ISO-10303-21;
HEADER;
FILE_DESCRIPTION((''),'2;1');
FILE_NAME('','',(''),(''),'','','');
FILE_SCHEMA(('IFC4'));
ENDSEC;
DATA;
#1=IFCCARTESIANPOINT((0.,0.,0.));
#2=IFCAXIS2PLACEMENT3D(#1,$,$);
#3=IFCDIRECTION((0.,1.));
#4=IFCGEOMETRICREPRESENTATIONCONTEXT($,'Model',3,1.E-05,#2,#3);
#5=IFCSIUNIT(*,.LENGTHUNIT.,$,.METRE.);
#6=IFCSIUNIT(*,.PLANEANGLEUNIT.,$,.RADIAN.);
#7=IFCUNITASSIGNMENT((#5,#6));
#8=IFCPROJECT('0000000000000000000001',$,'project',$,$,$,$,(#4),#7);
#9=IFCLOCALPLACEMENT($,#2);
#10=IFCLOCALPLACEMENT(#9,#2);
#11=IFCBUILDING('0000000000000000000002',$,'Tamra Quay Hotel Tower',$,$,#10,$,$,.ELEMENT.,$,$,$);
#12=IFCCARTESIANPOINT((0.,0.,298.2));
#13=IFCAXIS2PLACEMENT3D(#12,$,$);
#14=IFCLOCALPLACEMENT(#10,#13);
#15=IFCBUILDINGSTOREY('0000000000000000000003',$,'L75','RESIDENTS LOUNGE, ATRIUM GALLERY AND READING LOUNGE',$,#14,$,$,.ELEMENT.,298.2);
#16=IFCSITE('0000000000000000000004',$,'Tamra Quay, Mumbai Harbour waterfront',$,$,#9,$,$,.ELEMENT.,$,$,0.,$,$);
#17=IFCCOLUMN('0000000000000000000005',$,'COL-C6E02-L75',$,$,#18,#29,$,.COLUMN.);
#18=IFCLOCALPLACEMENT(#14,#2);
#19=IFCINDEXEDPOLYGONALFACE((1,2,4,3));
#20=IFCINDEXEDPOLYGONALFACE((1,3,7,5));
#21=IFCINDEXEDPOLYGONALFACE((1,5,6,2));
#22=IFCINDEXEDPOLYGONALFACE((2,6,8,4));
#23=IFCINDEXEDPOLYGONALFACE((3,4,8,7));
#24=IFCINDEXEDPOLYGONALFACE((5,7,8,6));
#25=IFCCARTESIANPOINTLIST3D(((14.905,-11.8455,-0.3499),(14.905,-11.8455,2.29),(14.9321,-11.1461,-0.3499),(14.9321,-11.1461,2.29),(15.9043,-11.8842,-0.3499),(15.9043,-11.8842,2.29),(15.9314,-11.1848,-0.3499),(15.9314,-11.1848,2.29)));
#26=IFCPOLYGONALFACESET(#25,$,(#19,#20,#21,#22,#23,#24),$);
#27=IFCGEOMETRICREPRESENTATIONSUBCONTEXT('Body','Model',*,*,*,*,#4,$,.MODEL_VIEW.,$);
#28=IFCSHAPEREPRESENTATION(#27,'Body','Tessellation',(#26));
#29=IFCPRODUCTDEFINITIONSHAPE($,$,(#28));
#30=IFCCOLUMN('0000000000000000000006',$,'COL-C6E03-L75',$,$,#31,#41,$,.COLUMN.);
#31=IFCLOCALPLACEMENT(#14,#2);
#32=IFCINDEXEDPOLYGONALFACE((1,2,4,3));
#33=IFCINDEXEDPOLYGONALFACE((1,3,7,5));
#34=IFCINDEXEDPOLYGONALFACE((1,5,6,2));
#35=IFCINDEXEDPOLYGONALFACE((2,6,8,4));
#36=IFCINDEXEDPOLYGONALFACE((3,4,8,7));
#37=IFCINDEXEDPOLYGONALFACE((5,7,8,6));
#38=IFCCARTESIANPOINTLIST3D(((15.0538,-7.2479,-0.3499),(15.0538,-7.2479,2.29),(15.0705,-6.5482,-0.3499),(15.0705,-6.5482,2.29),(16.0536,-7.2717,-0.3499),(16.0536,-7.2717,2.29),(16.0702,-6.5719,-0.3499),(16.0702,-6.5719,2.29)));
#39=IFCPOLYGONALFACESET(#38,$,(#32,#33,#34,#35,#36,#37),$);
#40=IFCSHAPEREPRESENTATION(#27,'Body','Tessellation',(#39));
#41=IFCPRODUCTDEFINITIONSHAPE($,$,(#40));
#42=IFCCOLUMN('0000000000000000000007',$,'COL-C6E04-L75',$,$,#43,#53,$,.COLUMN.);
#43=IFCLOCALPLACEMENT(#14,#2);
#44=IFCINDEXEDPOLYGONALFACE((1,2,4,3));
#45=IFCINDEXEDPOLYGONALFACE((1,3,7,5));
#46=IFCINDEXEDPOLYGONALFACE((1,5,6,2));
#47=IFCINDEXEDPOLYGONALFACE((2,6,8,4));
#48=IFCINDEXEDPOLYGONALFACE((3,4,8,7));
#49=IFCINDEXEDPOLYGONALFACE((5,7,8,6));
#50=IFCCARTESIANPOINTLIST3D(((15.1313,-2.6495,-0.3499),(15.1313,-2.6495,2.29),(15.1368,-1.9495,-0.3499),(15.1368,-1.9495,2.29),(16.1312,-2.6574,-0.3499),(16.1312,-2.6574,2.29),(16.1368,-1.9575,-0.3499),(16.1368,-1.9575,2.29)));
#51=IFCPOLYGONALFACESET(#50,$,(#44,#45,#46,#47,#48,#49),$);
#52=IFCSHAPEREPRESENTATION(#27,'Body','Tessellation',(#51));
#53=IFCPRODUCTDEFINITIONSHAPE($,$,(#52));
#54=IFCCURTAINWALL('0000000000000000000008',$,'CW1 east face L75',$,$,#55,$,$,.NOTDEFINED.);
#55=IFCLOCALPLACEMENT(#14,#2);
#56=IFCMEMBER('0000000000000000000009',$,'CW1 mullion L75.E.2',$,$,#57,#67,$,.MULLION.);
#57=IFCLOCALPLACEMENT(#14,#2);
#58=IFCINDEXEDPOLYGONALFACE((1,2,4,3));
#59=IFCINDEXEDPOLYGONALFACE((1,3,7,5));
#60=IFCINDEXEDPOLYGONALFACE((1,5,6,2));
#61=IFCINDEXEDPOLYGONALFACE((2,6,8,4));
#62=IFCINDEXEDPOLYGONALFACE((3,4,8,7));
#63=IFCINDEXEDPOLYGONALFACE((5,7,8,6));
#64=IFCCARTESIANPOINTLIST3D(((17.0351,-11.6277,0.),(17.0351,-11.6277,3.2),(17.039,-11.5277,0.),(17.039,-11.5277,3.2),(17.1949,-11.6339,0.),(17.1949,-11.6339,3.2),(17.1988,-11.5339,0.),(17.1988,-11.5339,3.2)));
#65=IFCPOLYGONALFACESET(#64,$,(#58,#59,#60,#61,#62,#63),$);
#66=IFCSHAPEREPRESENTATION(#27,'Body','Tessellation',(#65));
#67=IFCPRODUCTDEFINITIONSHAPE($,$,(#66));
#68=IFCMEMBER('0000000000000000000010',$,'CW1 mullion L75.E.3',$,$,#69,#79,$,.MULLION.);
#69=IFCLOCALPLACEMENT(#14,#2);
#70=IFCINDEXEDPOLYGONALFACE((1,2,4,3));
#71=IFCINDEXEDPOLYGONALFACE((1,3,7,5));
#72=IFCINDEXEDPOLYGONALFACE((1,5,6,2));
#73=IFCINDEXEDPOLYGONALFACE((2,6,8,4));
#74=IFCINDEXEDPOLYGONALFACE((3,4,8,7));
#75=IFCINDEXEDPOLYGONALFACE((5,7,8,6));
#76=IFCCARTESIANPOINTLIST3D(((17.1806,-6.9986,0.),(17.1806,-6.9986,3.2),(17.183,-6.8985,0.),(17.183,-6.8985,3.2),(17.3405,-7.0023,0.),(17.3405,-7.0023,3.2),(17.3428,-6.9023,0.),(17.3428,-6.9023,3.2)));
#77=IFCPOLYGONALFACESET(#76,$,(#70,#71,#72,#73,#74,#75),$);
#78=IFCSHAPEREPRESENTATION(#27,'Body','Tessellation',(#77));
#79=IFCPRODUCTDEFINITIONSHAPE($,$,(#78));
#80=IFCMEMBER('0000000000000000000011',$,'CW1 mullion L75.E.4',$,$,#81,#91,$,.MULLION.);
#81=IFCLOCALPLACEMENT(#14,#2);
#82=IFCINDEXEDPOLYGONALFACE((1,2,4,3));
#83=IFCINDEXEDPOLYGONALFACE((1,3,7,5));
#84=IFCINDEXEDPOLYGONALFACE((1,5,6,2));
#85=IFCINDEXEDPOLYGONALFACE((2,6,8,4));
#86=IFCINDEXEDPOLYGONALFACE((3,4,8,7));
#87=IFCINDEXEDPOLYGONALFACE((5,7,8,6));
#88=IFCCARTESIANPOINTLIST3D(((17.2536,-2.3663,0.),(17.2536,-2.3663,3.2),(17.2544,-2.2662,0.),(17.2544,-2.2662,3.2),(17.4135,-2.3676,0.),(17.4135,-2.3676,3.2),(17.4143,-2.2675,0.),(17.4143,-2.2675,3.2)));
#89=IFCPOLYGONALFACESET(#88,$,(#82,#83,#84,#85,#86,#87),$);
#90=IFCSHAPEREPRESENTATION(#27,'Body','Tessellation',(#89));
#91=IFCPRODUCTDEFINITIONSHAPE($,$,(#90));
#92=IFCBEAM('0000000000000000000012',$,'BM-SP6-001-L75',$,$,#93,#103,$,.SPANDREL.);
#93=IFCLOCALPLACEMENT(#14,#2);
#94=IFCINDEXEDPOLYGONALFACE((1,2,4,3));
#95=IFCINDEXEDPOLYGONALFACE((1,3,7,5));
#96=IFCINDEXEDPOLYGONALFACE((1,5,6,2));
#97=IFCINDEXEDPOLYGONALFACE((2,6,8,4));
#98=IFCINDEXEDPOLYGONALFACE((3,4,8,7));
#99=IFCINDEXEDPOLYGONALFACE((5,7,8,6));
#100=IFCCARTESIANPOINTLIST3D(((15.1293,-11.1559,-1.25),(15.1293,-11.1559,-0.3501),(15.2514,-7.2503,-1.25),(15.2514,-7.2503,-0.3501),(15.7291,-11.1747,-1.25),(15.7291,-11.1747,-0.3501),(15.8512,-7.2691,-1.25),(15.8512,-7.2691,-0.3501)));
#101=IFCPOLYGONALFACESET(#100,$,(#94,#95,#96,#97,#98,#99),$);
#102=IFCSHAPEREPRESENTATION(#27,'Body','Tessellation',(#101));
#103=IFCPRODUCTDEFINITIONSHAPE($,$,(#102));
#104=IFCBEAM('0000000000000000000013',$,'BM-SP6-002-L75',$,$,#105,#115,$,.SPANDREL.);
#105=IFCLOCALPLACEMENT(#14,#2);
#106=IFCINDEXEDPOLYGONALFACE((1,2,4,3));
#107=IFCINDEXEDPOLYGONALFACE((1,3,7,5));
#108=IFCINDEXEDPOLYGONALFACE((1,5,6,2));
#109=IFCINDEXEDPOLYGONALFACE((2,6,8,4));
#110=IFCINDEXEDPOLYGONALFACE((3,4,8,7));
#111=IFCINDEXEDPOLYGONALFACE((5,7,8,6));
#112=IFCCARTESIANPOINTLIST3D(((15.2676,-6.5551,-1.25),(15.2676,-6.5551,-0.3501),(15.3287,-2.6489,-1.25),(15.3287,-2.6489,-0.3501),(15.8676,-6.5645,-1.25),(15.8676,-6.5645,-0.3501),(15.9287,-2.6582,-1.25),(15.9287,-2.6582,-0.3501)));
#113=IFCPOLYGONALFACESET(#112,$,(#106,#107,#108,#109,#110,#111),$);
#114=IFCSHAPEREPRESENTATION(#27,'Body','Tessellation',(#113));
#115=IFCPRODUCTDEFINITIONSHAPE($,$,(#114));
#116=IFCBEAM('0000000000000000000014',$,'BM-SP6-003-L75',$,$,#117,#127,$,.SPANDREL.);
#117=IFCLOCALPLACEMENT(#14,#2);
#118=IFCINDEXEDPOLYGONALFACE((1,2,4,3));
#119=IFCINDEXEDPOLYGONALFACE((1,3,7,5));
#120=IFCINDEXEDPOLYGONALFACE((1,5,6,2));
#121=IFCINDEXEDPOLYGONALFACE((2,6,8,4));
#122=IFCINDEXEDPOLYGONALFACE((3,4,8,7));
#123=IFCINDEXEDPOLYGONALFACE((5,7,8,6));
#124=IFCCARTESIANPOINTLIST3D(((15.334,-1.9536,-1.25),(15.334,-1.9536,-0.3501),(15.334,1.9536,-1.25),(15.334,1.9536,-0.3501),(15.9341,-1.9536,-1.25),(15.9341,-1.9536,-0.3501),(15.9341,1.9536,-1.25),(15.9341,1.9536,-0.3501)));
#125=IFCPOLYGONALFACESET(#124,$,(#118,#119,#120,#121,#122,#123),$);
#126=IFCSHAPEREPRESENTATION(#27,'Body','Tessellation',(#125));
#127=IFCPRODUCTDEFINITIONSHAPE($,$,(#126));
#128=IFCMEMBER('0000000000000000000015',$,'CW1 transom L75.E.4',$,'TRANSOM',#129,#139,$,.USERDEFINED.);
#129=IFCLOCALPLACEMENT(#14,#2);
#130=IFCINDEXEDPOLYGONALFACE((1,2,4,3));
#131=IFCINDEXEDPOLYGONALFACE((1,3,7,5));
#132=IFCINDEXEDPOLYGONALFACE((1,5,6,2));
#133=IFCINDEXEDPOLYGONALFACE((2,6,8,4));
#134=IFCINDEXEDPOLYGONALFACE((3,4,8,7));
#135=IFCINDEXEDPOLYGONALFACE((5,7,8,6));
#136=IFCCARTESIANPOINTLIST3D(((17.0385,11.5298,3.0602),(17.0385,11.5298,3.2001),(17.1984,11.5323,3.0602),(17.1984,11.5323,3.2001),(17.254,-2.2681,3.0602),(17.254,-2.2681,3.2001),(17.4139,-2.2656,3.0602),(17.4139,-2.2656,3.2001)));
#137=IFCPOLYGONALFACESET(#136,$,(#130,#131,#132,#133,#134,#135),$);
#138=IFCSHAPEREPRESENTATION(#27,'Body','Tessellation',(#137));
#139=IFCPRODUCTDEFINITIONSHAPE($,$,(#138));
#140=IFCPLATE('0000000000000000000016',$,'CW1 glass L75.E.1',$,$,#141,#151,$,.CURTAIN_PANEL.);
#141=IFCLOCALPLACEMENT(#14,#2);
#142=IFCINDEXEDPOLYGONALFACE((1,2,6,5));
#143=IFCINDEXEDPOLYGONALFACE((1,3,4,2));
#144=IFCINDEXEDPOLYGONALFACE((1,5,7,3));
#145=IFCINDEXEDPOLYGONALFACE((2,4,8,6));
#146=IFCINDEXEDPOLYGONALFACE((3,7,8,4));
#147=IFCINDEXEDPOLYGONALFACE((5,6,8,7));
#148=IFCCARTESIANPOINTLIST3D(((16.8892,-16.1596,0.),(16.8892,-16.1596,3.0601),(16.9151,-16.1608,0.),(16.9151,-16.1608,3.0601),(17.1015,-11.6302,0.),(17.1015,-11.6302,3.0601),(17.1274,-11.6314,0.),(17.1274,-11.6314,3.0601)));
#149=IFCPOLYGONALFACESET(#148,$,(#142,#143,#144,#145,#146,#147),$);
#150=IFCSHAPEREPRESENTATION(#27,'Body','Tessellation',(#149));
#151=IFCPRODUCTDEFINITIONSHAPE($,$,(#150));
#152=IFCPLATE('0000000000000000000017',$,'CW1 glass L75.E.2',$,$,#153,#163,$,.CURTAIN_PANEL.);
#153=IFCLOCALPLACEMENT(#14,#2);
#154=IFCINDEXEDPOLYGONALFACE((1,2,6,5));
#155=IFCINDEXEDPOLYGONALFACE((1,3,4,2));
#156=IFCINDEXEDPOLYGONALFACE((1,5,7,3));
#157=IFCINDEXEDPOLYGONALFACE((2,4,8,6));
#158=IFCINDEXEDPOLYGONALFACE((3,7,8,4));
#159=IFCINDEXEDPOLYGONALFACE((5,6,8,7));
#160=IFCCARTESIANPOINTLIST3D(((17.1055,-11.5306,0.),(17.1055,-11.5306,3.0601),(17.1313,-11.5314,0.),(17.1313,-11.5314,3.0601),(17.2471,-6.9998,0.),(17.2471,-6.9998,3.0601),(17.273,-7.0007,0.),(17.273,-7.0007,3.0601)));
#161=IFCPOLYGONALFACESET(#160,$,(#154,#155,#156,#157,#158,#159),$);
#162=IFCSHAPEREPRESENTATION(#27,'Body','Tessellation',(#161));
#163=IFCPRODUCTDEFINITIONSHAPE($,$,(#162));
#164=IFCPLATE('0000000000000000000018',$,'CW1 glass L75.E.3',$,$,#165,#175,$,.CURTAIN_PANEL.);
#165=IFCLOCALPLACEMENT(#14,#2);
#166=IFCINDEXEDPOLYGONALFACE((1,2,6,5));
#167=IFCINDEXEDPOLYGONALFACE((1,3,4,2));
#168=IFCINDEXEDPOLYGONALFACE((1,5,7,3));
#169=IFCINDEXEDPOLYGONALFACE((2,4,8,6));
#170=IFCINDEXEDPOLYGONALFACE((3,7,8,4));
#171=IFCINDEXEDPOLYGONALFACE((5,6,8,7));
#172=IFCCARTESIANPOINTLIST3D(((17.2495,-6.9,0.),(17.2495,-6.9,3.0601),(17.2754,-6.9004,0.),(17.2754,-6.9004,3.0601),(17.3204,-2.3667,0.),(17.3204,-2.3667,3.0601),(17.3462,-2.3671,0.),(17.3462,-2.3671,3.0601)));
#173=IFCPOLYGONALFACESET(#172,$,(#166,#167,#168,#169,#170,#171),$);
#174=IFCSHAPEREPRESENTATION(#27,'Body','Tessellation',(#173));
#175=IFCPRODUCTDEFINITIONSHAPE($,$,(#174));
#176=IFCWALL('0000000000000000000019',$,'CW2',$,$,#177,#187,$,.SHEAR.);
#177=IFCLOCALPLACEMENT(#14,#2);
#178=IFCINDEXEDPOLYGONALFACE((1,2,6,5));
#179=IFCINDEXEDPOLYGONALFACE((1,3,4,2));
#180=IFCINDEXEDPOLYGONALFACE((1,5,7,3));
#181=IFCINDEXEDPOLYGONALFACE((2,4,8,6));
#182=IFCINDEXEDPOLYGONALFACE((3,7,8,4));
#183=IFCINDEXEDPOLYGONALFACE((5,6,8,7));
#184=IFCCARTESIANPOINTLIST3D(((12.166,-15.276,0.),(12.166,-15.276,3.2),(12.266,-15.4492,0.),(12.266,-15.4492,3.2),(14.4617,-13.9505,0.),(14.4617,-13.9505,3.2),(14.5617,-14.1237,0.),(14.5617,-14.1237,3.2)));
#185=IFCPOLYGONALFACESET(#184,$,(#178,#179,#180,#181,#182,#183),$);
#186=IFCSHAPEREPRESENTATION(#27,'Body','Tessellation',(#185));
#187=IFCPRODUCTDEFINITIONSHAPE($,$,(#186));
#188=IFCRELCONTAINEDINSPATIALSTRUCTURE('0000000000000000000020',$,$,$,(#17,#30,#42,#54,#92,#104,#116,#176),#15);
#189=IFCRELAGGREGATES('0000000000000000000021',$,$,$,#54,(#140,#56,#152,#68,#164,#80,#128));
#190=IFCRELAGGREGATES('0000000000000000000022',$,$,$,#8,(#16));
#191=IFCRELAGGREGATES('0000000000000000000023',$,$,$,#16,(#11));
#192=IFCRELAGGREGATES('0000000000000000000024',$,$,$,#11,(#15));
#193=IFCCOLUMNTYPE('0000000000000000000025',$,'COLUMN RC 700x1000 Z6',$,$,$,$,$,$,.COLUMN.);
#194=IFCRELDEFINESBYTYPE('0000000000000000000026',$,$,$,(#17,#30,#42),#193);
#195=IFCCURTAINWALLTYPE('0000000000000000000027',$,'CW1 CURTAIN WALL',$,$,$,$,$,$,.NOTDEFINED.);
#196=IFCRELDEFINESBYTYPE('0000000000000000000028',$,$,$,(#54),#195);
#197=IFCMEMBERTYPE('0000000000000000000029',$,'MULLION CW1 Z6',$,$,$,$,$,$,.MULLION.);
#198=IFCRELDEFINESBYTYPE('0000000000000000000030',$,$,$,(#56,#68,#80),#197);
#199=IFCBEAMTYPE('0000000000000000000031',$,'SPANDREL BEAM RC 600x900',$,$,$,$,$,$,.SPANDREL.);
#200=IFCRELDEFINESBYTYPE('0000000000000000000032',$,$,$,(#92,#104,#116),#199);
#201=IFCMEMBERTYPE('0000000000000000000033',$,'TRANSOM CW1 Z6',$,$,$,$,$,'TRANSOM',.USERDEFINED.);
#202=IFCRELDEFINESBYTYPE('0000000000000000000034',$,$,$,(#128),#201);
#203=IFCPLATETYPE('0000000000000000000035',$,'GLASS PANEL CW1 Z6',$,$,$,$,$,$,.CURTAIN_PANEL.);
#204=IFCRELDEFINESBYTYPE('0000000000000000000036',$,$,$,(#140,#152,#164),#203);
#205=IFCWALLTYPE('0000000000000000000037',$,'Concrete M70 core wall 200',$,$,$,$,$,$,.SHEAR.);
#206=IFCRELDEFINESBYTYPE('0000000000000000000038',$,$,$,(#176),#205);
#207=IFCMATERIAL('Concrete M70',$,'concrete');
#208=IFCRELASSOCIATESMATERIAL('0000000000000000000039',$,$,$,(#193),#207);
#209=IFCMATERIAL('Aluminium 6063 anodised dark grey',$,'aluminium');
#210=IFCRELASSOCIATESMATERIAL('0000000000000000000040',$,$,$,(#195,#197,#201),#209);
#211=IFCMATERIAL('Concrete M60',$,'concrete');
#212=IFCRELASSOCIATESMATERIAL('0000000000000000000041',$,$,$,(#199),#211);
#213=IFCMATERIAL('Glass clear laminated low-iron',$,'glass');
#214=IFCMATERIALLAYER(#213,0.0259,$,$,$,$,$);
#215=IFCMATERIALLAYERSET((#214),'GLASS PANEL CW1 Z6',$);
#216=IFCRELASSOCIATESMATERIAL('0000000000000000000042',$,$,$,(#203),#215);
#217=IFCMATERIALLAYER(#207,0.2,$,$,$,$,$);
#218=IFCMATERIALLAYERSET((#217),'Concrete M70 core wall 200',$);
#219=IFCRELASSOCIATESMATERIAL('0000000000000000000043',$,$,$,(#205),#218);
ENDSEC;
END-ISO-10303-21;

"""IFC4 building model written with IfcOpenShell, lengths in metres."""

from ifc_helpers import new_model, si_unit, direction, frame, frame_2d, origin, origin_2d, place, context, subcontext, project, spatial, rectangle, extrude, material, layer, layer_set, material_profile, profile_set, type_object, element, aggregate, save


model = new_model("IFC4")

# Units and contexts
model_context = context("Model", 3, precision=1e-05, world=origin(), true_north=direction((0.0, 1.0)))
body_context = subcontext(model_context, "Body", "Model", "MODEL_VIEW")
ifc_project = project(units=[si_unit("LENGTHUNIT", "METRE"), si_unit("PLANEANGLEUNIT", "RADIAN")], contexts=[model_context])

# Site, building, storey
site_placement = place(None, origin())
site = spatial("IfcSite", under=ifc_project, at=site_placement, Name="Tamra Quay, Mumbai Harbour waterfront", CompositionType="ELEMENT", RefElevation=0.0)
building_placement = place(site_placement, origin())
building = spatial("IfcBuilding", under=site, at=building_placement, Name="Tamra Quay Hotel Tower", CompositionType="ELEMENT")
storey_placement = place(building_placement, frame((0.0, 0.0, 298.2)))
storey = spatial("IfcBuildingStorey", under=building, at=storey_placement, Name="L75", Description="RESIDENTS LOUNGE, ATRIUM GALLERY AND READING LOUNGE", CompositionType="ELEMENT", Elevation=298.2)

# Columns
ifc_material_1 = material(Name="Concrete M70", Category="concrete")
ifc_material_profile_1 = material_profile(ifc_material_1, rectangle(XDim=1.0, YDim=0.7, at=origin_2d()), Name="COLUMN RC 700x1000 Z6")
ifc_profile_set_1 = profile_set([ifc_material_profile_1], Name="Concrete M70")
column_type = type_object("IfcColumnType", Name="COLUMN RC 700x1000 Z6", PredefinedType="COLUMN", material=ifc_profile_set_1)
for number, where, z_axis, x_axis, name in (
    (1, (15.4182, -11.5151, -0.3499), (0.0, 0.0, 1.0), (-0.999251, 0.038691, 0.0), "COL-C6E02-L75"),
    (2, (15.562, -6.9099, -0.3499), (0.0, 0.0, 1.0), (-0.999718, 0.023753, 0.0), "COL-C6E03-L75"),
    (3, (15.634, -2.3035, -0.3499), (0.0, 0.0, 1.0), (-0.999969, 0.00792, 0.0), "COL-C6E04-L75"),
):
    element("IfcColumn", number, at=place(storey_placement, frame(where, z_axis=z_axis, x_axis=x_axis)), inside=storey, type_object=column_type, Name=name, PredefinedType="COLUMN", context=body_context, shape_type="SweptSolid", body=[
        extrude(rectangle(XDim=1.0, YDim=0.7, at=origin_2d()), origin(), (0.0, 0.0, 1.0), 2.6399),
    ])

# Curtain wall, members
ifc_material_2 = material(Name="Aluminium 6063 anodised dark grey", Category="aluminium")
curtain_wall_type = type_object("IfcCurtainWallType", Name="CW1 CURTAIN WALL", PredefinedType="NOTDEFINED", material=ifc_material_2)
curtain_wall_placement = place(storey_placement, origin())
curtain_wall = element("IfcCurtainWall", 4, at=curtain_wall_placement, inside=storey, type_object=curtain_wall_type, Name="CW1 east face L75", PredefinedType="NOTDEFINED")
ifc_material_profile_2 = material_profile(ifc_material_2, rectangle(XDim=0.1599, YDim=0.1001, at=origin_2d()), Name="MULLION 100X160")
ifc_profile_set_2 = profile_set([ifc_material_profile_2], Name="Aluminium 6063 anodised dark grey")
member_type_1 = type_object("IfcMemberType", Name="MULLION CW1 Z6", PredefinedType="MULLION", material=ifc_profile_set_2)
member_1_placement = place(storey_placement, frame((17.1169, -11.5808, 0.0), z_axis=(0.0, 0.0, 1.0), x_axis=(0.999238, -0.039033, 0.0)))
member_1 = element("IfcMember", 5, at=member_1_placement, type_object=member_type_1, Name="CW1 mullion L75.E.2", PredefinedType="MULLION", context=body_context, shape_type="SweptSolid", body=[
    extrude(rectangle(XDim=0.1599, YDim=0.1001, at=origin_2d()), origin(), (0.0, 0.0, 1.0), 3.2),
])
member_2_placement = place(storey_placement, frame((17.2617, -6.9504, 0.0), z_axis=(0.0, 0.0, 1.0), x_axis=(0.999725, -0.023438, 0.0)))
member_2 = element("IfcMember", 6, at=member_2_placement, type_object=member_type_1, Name="CW1 mullion L75.E.3", PredefinedType="MULLION", context=body_context, shape_type="SweptSolid", body=[
    extrude(rectangle(XDim=0.1599, YDim=0.1001, at=origin_2d()), origin(), (0.0, 0.0, 1.0), 3.2),
])
member_3_placement = place(storey_placement, frame((17.334, -2.3169, 0.0), z_axis=(0.0, 0.0, 1.0), x_axis=(0.999969, -0.007816, 0.0)))
member_3 = element("IfcMember", 7, at=member_3_placement, type_object=member_type_1, Name="CW1 mullion L75.E.4", PredefinedType="MULLION", context=body_context, shape_type="SweptSolid", body=[
    extrude(rectangle(XDim=0.1599, YDim=0.1001, at=origin_2d()), origin(), (0.0, 0.0, 1.0), 3.2),
])

# Beams
ifc_material_3 = material(Name="Concrete M60", Category="concrete")
ifc_material_profile_3 = material_profile(ifc_material_3, rectangle(XDim=0.6001, YDim=0.8999, at=origin_2d()), Name="SPANDREL BEAM RC 600x900")
ifc_profile_set_3 = profile_set([ifc_material_profile_3], Name="Concrete M60")
beam_type = type_object("IfcBeamType", Name="SPANDREL BEAM RC 600x900", PredefinedType="SPANDREL", material=ifc_profile_set_3)
beam_1_placement = place(storey_placement, frame((15.4292, -11.1653, -0.8), z_axis=(0.031241, 0.999512, 0.0), x_axis=(-0.999512, 0.031241, 0.0)))
element("IfcBeam", 8, at=beam_1_placement, inside=storey, type_object=beam_type, Name="BM-SP6-001-L75", PredefinedType="SPANDREL", context=body_context, shape_type="SweptSolid", body=[
    extrude(rectangle(XDim=0.6001, YDim=0.8999, at=origin_2d()), origin(), (0.0, 0.0, 1.0), 3.9075),
])
beam_2_placement = place(storey_placement, frame((15.5676, -6.5598, -0.8), z_axis=(0.015623, 0.999878, 0.0), x_axis=(-0.999878, 0.015623, 0.0)))
element("IfcBeam", 9, at=beam_2_placement, inside=storey, type_object=beam_type, Name="BM-SP6-002-L75", PredefinedType="SPANDREL", context=body_context, shape_type="SweptSolid", body=[
    extrude(rectangle(XDim=0.6001, YDim=0.8999, at=origin_2d()), origin(), (0.0, 0.0, 1.0), 3.9067),
])
beam_3_placement = place(storey_placement, frame((15.634, -1.9536, -0.8), z_axis=(0.0, 1.0, 0.0), x_axis=(-1.0, 0.0, 0.0)))
element("IfcBeam", 10, at=beam_3_placement, inside=storey, type_object=beam_type, Name="BM-SP6-003-L75", PredefinedType="SPANDREL", context=body_context, shape_type="SweptSolid", body=[
    extrude(rectangle(XDim=0.6001, YDim=0.8999, at=origin_2d()), origin(), (0.0, 0.0, 1.0), 3.9072),
])

# Member
ifc_material_profile_4 = material_profile(ifc_material_2, rectangle(XDim=0.1599, YDim=0.1399, at=origin_2d()), Name="TRANSOM 160X140")
ifc_profile_set_4 = profile_set([ifc_material_profile_4], Name="Aluminium 6063 anodised dark grey")
member_type_2 = type_object("IfcMemberType", Name="TRANSOM CW1 Z6", ElementType="TRANSOM", PredefinedType="USERDEFINED", material=ifc_profile_set_4)
member_4_placement = place(storey_placement, frame((17.334, -2.2668, 3.1301), z_axis=(-0.015622, 0.999878, 0.0), x_axis=(-0.999878, -0.015622, 0.0)))
member_4 = element("IfcMember", 11, at=member_4_placement, type_object=member_type_2, Name="CW1 transom L75.E.4", ObjectType="TRANSOM", PredefinedType="USERDEFINED", context=body_context, shape_type="SweptSolid", body=[
    extrude(rectangle(XDim=0.1599, YDim=0.1399, at=origin_2d()), origin(), (0.0, 0.0, 1.0), 13.7996),
])

# Plates
ifc_material_4 = material(Name="Glass clear laminated low-iron", Category="glass")
ifc_layer_1 = layer(ifc_material_4, 0.0259)
ifc_layer_set_1 = layer_set([ifc_layer_1], Name="GLASS PANEL CW1 Z6")
plate_type = type_object("IfcPlateType", Name="GLASS PANEL CW1 Z6", PredefinedType="CURTAIN_PANEL", material=ifc_layer_set_1)
plate_1_placement = place(storey_placement, frame((17.0083, -13.8955, 0.0), z_axis=(0.0, 0.0, 1.0), x_axis=(0.046821, 0.998903, 0.0)))
plate_1 = element("IfcPlate", 12, at=plate_1_placement, type_object=plate_type, Name="CW1 glass L75.E.1", PredefinedType="CURTAIN_PANEL", context=body_context, shape_type="SweptSolid", body=[
    extrude(rectangle(XDim=4.5344, YDim=0.0259, at=origin_2d()), origin(), (0.0, 0.0, 1.0), 3.0601),
])
plate_2_placement = place(storey_placement, frame((17.1892, -9.2656, 0.0), z_axis=(0.0, 0.0, 1.0), x_axis=(0.031242, 0.999512, 0.0)))
plate_2 = element("IfcPlate", 13, at=plate_2_placement, type_object=plate_type, Name="CW1 glass L75.E.2", PredefinedType="CURTAIN_PANEL", context=body_context, shape_type="SweptSolid", body=[
    extrude(rectangle(XDim=4.533, YDim=0.0259, at=origin_2d()), origin(), (0.0, 0.0, 1.0), 3.0601),
])
plate_3_placement = place(storey_placement, frame((17.2979, -4.6335, 0.0), z_axis=(0.0, 0.0, 1.0), x_axis=(0.015632, 0.999878, 0.0)))
plate_3 = element("IfcPlate", 14, at=plate_3_placement, type_object=plate_type, Name="CW1 glass L75.E.3", PredefinedType="CURTAIN_PANEL", context=body_context, shape_type="SweptSolid", body=[
    extrude(rectangle(XDim=4.5339, YDim=0.0259, at=origin_2d()), origin(), (0.0, 0.0, 1.0), 3.0601),
])
aggregate(curtain_wall, [plate_1, member_1, plate_2, member_2, plate_3, member_3, member_4])

# Wall
ifc_layer_2 = layer(ifc_material_1, 0.2)
ifc_layer_set_2 = layer_set([ifc_layer_2], Name="Concrete M70 core wall 200")
wall_type_1 = type_object("IfcWallType", Name="Concrete M70 core wall 200", PredefinedType="SHEAR", material=ifc_layer_set_2)
wall_1_placement = place(storey_placement, frame((14.5117, -14.0371, 0.0), z_axis=(0.0, 0.0, 1.0), x_axis=(-0.866018, -0.500012, 0.0)))
element("IfcWall", 15, at=wall_1_placement, inside=storey, type_object=wall_type_1, Name="CW2", PredefinedType="SHEAR", context=body_context, shape_type="SweptSolid", body=[
    extrude(rectangle(XDim=2.6509, YDim=0.2, at=frame_2d((1.3254, 0.0))), origin(), (0.0, 0.0, 1.0), 3.2),
])

save(model, "model.ifc")
